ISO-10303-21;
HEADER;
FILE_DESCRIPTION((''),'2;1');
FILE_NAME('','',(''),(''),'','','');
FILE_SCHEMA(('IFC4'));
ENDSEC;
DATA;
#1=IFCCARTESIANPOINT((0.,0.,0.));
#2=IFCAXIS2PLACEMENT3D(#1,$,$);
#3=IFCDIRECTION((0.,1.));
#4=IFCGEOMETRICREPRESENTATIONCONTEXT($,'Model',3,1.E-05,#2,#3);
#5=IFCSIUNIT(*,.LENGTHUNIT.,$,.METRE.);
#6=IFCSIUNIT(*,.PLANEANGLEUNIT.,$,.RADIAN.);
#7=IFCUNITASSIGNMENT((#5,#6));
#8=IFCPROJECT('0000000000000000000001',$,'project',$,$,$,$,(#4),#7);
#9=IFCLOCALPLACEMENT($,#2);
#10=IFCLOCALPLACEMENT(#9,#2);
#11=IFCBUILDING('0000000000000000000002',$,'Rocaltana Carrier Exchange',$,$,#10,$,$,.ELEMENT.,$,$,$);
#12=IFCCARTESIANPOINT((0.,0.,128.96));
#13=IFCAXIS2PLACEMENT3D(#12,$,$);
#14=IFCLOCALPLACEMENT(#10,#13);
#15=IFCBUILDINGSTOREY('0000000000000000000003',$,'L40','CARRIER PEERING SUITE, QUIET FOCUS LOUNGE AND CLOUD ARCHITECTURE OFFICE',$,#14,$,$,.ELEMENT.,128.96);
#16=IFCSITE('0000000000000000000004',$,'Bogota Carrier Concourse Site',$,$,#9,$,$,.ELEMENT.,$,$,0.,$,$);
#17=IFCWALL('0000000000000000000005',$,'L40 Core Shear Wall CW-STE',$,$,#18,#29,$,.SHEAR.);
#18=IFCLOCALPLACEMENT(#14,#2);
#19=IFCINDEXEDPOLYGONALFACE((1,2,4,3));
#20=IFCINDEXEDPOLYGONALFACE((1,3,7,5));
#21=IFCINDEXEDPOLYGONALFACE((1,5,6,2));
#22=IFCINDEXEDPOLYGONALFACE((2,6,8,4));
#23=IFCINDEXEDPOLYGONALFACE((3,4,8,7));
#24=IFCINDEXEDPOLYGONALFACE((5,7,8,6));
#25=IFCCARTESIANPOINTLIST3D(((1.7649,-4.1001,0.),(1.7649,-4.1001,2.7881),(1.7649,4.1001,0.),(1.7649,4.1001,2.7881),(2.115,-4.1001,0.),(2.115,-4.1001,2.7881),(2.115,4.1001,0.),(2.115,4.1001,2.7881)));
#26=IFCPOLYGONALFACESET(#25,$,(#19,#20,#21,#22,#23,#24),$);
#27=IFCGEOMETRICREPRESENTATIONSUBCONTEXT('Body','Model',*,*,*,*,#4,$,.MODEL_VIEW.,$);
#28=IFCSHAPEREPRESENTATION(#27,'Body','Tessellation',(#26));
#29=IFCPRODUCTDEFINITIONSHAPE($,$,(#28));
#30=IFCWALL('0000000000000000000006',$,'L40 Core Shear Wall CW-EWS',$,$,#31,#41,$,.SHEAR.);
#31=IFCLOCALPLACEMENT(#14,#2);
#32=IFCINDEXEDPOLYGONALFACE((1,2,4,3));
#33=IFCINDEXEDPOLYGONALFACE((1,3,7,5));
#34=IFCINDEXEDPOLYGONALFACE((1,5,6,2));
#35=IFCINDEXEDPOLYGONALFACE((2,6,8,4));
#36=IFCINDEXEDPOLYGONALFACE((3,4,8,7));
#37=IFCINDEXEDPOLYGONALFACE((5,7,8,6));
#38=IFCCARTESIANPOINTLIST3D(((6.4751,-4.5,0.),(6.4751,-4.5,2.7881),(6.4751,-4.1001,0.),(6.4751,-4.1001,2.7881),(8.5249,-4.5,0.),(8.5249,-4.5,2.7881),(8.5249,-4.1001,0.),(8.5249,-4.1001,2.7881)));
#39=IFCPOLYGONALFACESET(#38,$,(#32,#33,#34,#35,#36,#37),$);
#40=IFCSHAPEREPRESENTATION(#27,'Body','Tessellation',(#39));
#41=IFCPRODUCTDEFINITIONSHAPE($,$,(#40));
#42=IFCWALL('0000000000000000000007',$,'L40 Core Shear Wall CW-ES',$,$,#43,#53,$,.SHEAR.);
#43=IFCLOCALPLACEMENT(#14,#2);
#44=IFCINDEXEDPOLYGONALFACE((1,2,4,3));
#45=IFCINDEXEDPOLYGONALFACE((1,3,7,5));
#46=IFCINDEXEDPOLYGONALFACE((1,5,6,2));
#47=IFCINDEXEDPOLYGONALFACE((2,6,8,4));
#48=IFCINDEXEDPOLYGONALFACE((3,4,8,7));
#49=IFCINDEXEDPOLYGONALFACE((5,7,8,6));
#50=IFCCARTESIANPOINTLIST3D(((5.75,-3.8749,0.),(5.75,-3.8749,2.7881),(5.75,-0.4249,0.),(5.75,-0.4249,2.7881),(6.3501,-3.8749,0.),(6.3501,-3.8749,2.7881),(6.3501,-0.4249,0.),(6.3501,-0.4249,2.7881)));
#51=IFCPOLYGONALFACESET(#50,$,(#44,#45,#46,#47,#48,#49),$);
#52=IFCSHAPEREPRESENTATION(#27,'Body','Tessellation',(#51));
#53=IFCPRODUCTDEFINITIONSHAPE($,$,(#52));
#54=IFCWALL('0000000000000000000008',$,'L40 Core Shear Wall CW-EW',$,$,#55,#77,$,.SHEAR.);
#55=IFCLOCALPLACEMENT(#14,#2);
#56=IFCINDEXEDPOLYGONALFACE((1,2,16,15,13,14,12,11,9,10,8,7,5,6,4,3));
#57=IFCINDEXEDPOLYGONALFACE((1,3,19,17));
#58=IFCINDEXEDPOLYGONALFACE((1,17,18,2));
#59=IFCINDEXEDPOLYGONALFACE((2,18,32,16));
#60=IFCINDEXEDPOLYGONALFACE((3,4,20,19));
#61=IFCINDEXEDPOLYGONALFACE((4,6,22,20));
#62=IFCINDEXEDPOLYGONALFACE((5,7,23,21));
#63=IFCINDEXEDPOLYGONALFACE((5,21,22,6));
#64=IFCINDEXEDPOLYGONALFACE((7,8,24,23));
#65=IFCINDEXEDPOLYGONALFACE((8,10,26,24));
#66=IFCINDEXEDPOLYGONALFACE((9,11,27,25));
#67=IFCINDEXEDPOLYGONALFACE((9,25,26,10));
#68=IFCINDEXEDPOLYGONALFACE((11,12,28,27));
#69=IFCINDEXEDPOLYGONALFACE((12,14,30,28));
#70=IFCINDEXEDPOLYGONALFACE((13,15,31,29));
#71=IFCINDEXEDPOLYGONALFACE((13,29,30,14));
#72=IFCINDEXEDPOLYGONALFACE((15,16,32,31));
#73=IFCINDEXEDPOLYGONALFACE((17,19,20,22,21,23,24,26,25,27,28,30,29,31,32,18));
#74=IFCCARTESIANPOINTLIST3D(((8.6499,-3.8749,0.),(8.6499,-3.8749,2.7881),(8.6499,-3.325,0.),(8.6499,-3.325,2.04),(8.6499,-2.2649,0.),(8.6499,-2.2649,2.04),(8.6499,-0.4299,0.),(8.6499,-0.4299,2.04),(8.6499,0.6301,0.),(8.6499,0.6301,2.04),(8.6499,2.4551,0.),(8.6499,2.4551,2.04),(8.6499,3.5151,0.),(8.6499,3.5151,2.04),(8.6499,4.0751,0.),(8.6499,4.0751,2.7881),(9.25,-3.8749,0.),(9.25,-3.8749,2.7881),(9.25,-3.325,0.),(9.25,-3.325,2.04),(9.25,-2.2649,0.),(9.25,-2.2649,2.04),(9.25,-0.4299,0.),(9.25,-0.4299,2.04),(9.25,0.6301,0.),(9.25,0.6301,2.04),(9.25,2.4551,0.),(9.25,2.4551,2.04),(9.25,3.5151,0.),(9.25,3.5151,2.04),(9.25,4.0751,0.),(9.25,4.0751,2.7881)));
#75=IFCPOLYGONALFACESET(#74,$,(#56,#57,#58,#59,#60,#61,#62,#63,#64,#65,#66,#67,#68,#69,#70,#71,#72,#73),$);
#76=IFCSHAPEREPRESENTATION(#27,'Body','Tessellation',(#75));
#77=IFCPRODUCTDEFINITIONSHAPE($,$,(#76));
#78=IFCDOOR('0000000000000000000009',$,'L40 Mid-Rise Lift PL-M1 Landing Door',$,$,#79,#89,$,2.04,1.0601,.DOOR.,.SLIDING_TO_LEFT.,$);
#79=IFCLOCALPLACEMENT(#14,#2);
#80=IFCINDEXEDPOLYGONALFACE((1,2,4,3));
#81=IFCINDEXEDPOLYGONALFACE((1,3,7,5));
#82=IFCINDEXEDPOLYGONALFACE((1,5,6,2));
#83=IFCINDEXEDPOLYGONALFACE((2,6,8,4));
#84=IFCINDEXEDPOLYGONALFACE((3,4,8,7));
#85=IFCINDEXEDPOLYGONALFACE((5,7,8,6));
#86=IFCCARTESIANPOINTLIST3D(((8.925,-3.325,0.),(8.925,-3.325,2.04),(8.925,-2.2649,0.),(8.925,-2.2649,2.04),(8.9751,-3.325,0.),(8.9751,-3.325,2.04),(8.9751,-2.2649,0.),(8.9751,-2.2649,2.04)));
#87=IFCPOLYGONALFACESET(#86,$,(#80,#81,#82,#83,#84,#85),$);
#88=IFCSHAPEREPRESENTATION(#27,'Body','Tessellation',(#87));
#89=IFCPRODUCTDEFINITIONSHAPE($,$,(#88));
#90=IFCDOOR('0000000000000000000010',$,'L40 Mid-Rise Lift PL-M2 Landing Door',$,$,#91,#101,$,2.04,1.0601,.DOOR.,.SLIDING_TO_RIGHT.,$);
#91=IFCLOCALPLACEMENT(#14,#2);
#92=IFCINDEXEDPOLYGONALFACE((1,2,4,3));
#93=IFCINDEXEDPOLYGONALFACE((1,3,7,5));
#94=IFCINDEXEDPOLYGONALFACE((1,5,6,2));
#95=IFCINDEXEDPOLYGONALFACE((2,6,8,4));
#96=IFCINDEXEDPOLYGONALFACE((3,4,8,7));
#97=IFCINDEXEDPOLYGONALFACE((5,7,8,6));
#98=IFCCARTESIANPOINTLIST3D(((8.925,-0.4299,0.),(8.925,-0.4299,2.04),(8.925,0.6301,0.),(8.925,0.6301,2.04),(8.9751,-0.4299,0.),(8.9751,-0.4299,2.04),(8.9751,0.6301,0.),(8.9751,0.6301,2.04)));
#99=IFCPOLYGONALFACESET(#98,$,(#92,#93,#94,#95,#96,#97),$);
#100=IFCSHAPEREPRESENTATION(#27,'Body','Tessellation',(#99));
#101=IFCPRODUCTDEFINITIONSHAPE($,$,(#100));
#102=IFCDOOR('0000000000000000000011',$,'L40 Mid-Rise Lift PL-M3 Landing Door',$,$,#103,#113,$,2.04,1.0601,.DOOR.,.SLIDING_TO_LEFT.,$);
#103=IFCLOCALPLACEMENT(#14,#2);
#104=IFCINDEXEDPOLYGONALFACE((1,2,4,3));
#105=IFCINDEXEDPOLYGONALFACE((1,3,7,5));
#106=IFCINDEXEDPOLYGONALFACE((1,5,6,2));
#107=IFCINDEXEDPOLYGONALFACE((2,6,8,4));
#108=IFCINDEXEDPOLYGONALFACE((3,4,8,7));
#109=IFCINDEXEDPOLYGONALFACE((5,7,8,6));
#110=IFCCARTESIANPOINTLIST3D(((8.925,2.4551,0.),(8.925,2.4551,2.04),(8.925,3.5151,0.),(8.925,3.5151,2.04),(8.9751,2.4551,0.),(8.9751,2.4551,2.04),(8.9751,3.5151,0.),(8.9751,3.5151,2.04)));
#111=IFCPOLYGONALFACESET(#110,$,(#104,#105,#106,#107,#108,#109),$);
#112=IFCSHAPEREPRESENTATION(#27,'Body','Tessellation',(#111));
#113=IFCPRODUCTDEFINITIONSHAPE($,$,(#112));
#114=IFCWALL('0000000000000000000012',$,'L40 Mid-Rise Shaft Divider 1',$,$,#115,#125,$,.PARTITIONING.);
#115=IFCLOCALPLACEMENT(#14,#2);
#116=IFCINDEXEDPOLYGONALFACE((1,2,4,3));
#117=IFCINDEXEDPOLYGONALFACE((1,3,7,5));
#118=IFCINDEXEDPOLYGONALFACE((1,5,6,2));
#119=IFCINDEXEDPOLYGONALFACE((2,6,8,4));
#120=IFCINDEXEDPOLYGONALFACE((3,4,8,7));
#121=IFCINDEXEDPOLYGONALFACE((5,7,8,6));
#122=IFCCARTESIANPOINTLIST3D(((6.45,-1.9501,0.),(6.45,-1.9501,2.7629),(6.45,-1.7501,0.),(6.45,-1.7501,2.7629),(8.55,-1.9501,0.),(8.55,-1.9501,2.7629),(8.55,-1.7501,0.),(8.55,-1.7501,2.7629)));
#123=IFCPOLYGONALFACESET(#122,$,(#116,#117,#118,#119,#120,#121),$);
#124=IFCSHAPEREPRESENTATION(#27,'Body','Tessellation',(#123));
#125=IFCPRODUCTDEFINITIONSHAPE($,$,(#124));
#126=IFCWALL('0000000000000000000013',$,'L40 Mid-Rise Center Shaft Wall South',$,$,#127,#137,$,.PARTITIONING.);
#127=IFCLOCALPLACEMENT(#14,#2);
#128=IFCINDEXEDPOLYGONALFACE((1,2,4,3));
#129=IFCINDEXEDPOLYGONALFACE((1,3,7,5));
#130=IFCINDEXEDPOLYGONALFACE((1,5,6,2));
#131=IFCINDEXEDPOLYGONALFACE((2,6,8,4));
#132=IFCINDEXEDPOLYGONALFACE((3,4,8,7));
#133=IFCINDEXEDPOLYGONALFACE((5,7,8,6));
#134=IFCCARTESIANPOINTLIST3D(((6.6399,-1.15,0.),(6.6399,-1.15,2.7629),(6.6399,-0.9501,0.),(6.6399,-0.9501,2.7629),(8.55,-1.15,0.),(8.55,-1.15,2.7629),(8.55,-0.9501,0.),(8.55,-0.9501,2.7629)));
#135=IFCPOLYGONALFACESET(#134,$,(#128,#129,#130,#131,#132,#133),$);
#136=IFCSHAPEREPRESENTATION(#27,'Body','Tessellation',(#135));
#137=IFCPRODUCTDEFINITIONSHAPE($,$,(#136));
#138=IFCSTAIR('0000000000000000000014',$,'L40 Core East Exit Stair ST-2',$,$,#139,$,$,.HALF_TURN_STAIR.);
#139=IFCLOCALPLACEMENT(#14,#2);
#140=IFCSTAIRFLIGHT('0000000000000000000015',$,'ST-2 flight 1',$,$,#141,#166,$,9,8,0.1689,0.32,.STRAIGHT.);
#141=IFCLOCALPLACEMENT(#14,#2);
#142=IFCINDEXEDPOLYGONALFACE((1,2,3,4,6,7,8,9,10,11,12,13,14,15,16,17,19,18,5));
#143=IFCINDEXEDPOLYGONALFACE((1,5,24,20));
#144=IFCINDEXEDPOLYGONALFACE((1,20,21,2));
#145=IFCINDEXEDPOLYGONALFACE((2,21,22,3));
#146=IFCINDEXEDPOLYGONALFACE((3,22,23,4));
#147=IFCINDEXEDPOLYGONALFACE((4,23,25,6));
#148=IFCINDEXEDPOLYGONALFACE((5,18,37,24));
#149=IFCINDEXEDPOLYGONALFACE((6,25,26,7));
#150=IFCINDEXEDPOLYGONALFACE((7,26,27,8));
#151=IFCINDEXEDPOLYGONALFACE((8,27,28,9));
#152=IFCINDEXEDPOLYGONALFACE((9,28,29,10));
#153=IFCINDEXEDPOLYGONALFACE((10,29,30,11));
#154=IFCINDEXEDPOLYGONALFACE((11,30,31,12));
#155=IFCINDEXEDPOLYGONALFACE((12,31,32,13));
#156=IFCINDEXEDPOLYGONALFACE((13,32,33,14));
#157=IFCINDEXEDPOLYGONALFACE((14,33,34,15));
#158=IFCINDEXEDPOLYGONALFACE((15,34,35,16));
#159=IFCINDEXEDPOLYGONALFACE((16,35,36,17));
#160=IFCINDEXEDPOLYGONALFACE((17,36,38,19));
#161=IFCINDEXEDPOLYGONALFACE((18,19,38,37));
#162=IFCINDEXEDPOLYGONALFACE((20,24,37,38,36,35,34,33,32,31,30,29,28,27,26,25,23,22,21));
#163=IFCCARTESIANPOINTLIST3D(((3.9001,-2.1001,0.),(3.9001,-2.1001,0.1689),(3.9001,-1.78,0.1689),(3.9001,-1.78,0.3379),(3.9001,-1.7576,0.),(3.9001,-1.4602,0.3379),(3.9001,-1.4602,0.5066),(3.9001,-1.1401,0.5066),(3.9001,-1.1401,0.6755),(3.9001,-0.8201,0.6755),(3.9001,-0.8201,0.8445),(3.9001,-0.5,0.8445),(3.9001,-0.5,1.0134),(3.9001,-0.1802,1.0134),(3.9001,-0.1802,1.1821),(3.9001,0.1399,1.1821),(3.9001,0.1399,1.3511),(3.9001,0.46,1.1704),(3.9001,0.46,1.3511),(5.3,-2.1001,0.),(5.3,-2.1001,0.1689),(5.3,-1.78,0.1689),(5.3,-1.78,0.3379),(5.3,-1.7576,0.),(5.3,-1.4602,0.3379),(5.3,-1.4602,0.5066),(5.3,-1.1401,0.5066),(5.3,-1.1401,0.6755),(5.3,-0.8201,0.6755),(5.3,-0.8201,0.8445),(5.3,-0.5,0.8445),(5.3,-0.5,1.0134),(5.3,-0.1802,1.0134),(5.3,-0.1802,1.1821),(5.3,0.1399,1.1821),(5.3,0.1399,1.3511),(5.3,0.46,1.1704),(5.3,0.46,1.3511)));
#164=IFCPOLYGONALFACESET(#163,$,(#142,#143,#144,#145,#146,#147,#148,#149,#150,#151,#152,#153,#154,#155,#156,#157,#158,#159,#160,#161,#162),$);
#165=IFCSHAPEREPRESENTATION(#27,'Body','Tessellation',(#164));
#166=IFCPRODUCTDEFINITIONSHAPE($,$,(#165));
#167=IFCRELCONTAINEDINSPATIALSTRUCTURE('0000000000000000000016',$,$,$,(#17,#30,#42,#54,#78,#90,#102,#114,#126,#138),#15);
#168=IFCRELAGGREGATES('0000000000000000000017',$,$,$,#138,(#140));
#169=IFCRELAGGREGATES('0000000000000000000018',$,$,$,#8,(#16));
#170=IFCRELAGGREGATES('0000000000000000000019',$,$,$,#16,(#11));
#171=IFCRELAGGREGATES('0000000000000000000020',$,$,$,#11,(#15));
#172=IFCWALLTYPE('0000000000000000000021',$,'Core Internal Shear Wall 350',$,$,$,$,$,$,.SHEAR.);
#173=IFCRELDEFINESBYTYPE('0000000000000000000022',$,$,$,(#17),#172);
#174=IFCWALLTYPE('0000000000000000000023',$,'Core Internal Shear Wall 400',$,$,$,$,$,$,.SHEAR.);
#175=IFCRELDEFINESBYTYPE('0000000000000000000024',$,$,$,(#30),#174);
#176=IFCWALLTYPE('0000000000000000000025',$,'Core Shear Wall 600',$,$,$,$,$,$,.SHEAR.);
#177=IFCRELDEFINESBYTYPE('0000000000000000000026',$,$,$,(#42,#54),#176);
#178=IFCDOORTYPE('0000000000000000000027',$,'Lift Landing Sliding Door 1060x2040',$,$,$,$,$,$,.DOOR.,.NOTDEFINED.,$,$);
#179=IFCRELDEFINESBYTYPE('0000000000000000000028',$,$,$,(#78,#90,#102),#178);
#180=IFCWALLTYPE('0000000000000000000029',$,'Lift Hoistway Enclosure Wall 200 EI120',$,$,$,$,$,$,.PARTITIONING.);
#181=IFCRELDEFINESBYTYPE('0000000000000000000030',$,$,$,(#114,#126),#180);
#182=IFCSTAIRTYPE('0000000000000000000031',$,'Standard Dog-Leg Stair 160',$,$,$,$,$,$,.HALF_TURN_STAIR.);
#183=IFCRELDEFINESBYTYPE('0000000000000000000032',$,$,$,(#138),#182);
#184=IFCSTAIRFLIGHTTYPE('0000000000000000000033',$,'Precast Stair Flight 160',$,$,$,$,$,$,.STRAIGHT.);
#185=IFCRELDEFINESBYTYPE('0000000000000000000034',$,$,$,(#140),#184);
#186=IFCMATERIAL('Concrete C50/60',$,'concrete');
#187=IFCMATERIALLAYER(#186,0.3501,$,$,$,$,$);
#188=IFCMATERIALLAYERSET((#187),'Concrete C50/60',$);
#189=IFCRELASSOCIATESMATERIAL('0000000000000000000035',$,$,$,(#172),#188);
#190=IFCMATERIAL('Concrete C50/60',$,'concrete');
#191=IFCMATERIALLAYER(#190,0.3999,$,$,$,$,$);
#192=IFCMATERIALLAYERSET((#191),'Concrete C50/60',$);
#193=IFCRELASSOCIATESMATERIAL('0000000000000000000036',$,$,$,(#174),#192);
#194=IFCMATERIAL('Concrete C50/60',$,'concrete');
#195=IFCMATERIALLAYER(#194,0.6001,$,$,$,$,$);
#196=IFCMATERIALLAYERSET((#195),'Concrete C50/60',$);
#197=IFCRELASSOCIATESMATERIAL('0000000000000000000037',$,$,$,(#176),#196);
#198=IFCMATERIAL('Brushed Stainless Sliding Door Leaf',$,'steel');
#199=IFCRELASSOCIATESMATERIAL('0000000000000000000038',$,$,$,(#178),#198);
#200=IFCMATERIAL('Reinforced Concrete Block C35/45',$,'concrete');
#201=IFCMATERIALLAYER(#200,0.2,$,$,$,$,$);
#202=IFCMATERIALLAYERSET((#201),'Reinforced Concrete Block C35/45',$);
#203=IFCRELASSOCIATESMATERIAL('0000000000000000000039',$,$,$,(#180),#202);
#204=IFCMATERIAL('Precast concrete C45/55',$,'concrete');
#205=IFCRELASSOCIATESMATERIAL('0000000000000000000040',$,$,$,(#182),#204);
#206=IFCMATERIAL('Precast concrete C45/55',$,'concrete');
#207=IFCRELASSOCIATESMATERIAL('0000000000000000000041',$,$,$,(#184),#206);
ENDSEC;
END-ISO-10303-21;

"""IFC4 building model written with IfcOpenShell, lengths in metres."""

from ifc_helpers import new_model, si_unit, direction, frame, frame_2d, origin, place, context, subcontext, project, spatial, polyline, rectangle, outline, extrude, material, layer, layer_set, type_object, element, fill, aggregate, save


model = new_model("IFC4")

# Units and contexts
model_context = context("Model", 3, precision=1e-05, world=origin(), true_north=direction((0.0, 1.0)))
body_context = subcontext(model_context, "Body", "Model", "MODEL_VIEW")
ifc_project = project(units=[si_unit("LENGTHUNIT", "METRE"), si_unit("PLANEANGLEUNIT", "RADIAN")], contexts=[model_context])

# Site, building, storey
site_placement = place(None, origin())
site = spatial("IfcSite", under=ifc_project, at=site_placement, Name="Bogota Carrier Concourse Site", CompositionType="ELEMENT", RefElevation=0.0)
building_placement = place(site_placement, origin())
building = spatial("IfcBuilding", under=site, at=building_placement, Name="Rocaltana Carrier Exchange", CompositionType="ELEMENT")
storey_placement = place(building_placement, frame((0.0, 0.0, 128.96)))
storey = spatial("IfcBuildingStorey", under=building, at=storey_placement, Name="L40", Description="CARRIER PEERING SUITE, QUIET FOCUS LOUNGE AND CLOUD ARCHITECTURE OFFICE", CompositionType="ELEMENT", Elevation=128.96)

# Walls
ifc_material_1 = material(Name="Concrete C50/60", Category="concrete")
ifc_layer_1 = layer(ifc_material_1, 0.3501)
ifc_layer_set_1 = layer_set([ifc_layer_1], Name="Concrete C50/60")
wall_type_1 = type_object("IfcWallType", Name="Core Internal Shear Wall 350", PredefinedType="SHEAR", material=ifc_layer_set_1)
wall_1_placement = place(storey_placement, frame((1.9399, -4.1001, 0.0), z_axis=(0.0, 0.0, 1.0), x_axis=(0.0, 1.0, 0.0)))
element("IfcWall", 1, at=wall_1_placement, inside=storey, type_object=wall_type_1, Name="L40 Core Shear Wall CW-STE", PredefinedType="SHEAR", context=body_context, shape_type="SweptSolid", body=[
    extrude(rectangle(XDim=8.2002, YDim=0.3501, at=frame_2d((4.1001, 0.0))), origin(), (0.0, 0.0, 1.0), 2.7881),
])
ifc_material_2 = material(Name="Concrete C50/60", Category="concrete")
ifc_layer_2 = layer(ifc_material_2, 0.3999)
ifc_layer_set_2 = layer_set([ifc_layer_2], Name="Concrete C50/60")
wall_type_2 = type_object("IfcWallType", Name="Core Internal Shear Wall 400", PredefinedType="SHEAR", material=ifc_layer_set_2)
wall_2_placement = place(storey_placement, frame((6.4751, -4.3, 0.0), z_axis=(0.0, 0.0, 1.0), x_axis=(1.0, 0.0, 0.0)))
element("IfcWall", 2, at=wall_2_placement, inside=storey, type_object=wall_type_2, Name="L40 Core Shear Wall CW-EWS", PredefinedType="SHEAR", context=body_context, shape_type="SweptSolid", body=[
    extrude(rectangle(XDim=2.0498, YDim=0.3999, at=frame_2d((1.0249, 0.0))), origin(), (0.0, 0.0, 1.0), 2.7881),
])
ifc_material_3 = material(Name="Concrete C50/60", Category="concrete")
ifc_layer_3 = layer(ifc_material_3, 0.6001)
ifc_layer_set_3 = layer_set([ifc_layer_3], Name="Concrete C50/60")
wall_type_3 = type_object("IfcWallType", Name="Core Shear Wall 600", PredefinedType="SHEAR", material=ifc_layer_set_3)
wall_3_placement = place(storey_placement, frame((6.05, -3.875, 0.0), z_axis=(0.0, 0.0, 1.0), x_axis=(0.0, 1.0, 0.0)))
element("IfcWall", 3, at=wall_3_placement, inside=storey, type_object=wall_type_3, Name="L40 Core Shear Wall CW-ES", PredefinedType="SHEAR", context=body_context, shape_type="SweptSolid", body=[
    extrude(rectangle(XDim=3.45, YDim=0.6001, at=frame_2d((1.7251, 0.0))), origin(), (0.0, 0.0, 1.0), 2.7881),
])

# Wall, openings, doors
wall_4_placement = place(storey_placement, frame((8.95, -3.875, 0.0), z_axis=(0.0, 0.0, 1.0), x_axis=(0.0, 1.0, 0.0)))
wall_4 = element("IfcWall", 4, at=wall_4_placement, inside=storey, type_object=wall_type_3, Name="L40 Core Shear Wall CW-EW", PredefinedType="SHEAR", context=body_context, shape_type="SweptSolid", body=[
    extrude(rectangle(XDim=7.95, YDim=0.6001, at=frame_2d((3.9751, 0.0))), origin(), (0.0, 0.0, 1.0), 2.7881),
])
opening_1_placement = place(wall_4_placement, frame((0.55, 0.0, 0.0)))
opening_1 = element("IfcOpeningElement", 5, at=opening_1_placement, cuts=wall_4, PredefinedType="OPENING", context=body_context, shape_type="SweptSolid", body=[
    extrude(rectangle(XDim=1.0601, YDim=2.04, at=frame_2d((0.53, 1.02))), frame((0.0, 0.3101, 0.0), z_axis=(0.0, -1.0, 0.0), x_axis=(1.0, 0.0, 0.0)), (0.0, 0.0, 1.0), 0.6201),
])
opening_2_placement = place(wall_4_placement, frame((3.4451, 0.0, 0.0)))
opening_2 = element("IfcOpeningElement", 6, at=opening_2_placement, cuts=wall_4, PredefinedType="OPENING", context=body_context, shape_type="SweptSolid", body=[
    extrude(rectangle(XDim=1.0601, YDim=2.04, at=frame_2d((0.53, 1.02))), frame((0.0, 0.3101, 0.0), z_axis=(0.0, -1.0, 0.0), x_axis=(1.0, 0.0, 0.0)), (0.0, 0.0, 1.0), 0.6201),
])
opening_3_placement = place(wall_4_placement, frame((6.3301, 0.0, 0.0)))
opening_3 = element("IfcOpeningElement", 7, at=opening_3_placement, cuts=wall_4, PredefinedType="OPENING", context=body_context, shape_type="SweptSolid", body=[
    extrude(rectangle(XDim=1.0601, YDim=2.04, at=frame_2d((0.53, 1.02))), frame((0.0, 0.3101, 0.0), z_axis=(0.0, -1.0, 0.0), x_axis=(1.0, 0.0, 0.0)), (0.0, 0.0, 1.0), 0.6201),
])
ifc_material_4 = material(Name="Brushed Stainless Sliding Door Leaf", Category="steel")
door_type = type_object("IfcDoorType", Name="Lift Landing Sliding Door 1060x2040", OperationType="NOTDEFINED", PredefinedType="DOOR", material=ifc_material_4)
door_1_placement = place(opening_1_placement, origin())
door_1 = element("IfcDoor", 8, at=door_1_placement, inside=storey, type_object=door_type, Name="L40 Mid-Rise Lift PL-M1 Landing Door", OperationType="SLIDING_TO_LEFT", OverallHeight=2.04, OverallWidth=1.0601, PredefinedType="DOOR", context=body_context, shape_type="SweptSolid", body=[
    extrude(rectangle(XDim=1.0601, YDim=2.04, at=frame_2d((0.53, 1.02))), frame((0.0, 0.0249, 0.0), z_axis=(0.0, -1.0, 0.0), x_axis=(1.0, 0.0, 0.0)), (0.0, 0.0, 1.0), 0.05),
])
fill(opening_1, door_1)
door_2_placement = place(opening_2_placement, origin())
door_2 = element("IfcDoor", 9, at=door_2_placement, inside=storey, type_object=door_type, Name="L40 Mid-Rise Lift PL-M2 Landing Door", OperationType="SLIDING_TO_RIGHT", OverallHeight=2.04, OverallWidth=1.0601, PredefinedType="DOOR", context=body_context, shape_type="SweptSolid", body=[
    extrude(rectangle(XDim=1.0601, YDim=2.04, at=frame_2d((0.53, 1.02))), frame((0.0, 0.0249, 0.0), z_axis=(0.0, -1.0, 0.0), x_axis=(1.0, 0.0, 0.0)), (0.0, 0.0, 1.0), 0.05),
])
fill(opening_2, door_2)
door_3_placement = place(opening_3_placement, origin())
door_3 = element("IfcDoor", 10, at=door_3_placement, inside=storey, type_object=door_type, Name="L40 Mid-Rise Lift PL-M3 Landing Door", OperationType="SLIDING_TO_LEFT", OverallHeight=2.04, OverallWidth=1.0601, PredefinedType="DOOR", context=body_context, shape_type="SweptSolid", body=[
    extrude(rectangle(XDim=1.0601, YDim=2.04, at=frame_2d((0.53, 1.02))), frame((0.0, 0.0249, 0.0), z_axis=(0.0, -1.0, 0.0), x_axis=(1.0, 0.0, 0.0)), (0.0, 0.0, 1.0), 0.05),
])
fill(opening_3, door_3)

# Walls
ifc_material_5 = material(Name="Reinforced Concrete Block C35/45", Category="concrete")
ifc_layer_4 = layer(ifc_material_5, 0.2)
ifc_layer_set_4 = layer_set([ifc_layer_4], Name="Reinforced Concrete Block C35/45")
wall_type_4 = type_object("IfcWallType", Name="Lift Hoistway Enclosure Wall 200 EI120", PredefinedType="PARTITIONING", material=ifc_layer_set_4)
wall_5_placement = place(storey_placement, frame((6.45, -1.8501, 0.0), z_axis=(0.0, 0.0, 1.0), x_axis=(1.0, 0.0, 0.0)))
element("IfcWall", 11, at=wall_5_placement, inside=storey, type_object=wall_type_4, Name="L40 Mid-Rise Shaft Divider 1", PredefinedType="PARTITIONING", context=body_context, shape_type="SweptSolid", body=[
    extrude(rectangle(XDim=2.1001, YDim=0.2, at=frame_2d((1.05, 0.0))), origin(), (0.0, 0.0, 1.0), 2.7629),
])
wall_6_placement = place(storey_placement, frame((6.6399, -1.05, 0.0), z_axis=(0.0, 0.0, 1.0), x_axis=(1.0, 0.0, 0.0)))
element("IfcWall", 12, at=wall_6_placement, inside=storey, type_object=wall_type_4, Name="L40 Mid-Rise Center Shaft Wall South", PredefinedType="PARTITIONING", context=body_context, shape_type="SweptSolid", body=[
    extrude(rectangle(XDim=1.9102, YDim=0.2, at=frame_2d((0.9551, 0.0))), origin(), (0.0, 0.0, 1.0), 2.7629),
])

# Stair, stair flight
ifc_material_6 = material(Name="Precast concrete C45/55", Category="concrete")
stair_type = type_object("IfcStairType", Name="Standard Dog-Leg Stair 160", PredefinedType="HALF_TURN_STAIR", material=ifc_material_6)
stair_placement = place(storey_placement, origin())
stair = element("IfcStair", 13, at=stair_placement, inside=storey, type_object=stair_type, Name="L40 Core East Exit Stair ST-2", PredefinedType="HALF_TURN_STAIR")
ifc_material_7 = material(Name="Precast concrete C45/55", Category="concrete")
stair_flight_type = type_object("IfcStairFlightType", Name="Precast Stair Flight 160", PredefinedType="STRAIGHT", material=ifc_material_7)
stair_flight_placement = place(storey_placement, frame((4.6001, -2.1001, 0.0), z_axis=(0.0, 0.0, 1.0), x_axis=(0.0, 1.0, 0.0)))
stair_flight = element("IfcStairFlight", 14, at=stair_flight_placement, type_object=stair_flight_type, Name="ST-2 flight 1", NumberOfRisers=9, NumberOfTreads=8, PredefinedType="STRAIGHT", RiserHeight=0.1689, TreadLength=0.32, context=body_context, shape_type="SweptSolid", body=[
    extrude(outline(polyline([(0.0, 0.0), (0.0, 0.1689), (0.3201, 0.1689), (0.3201, 0.3379), (0.6399, 0.3379), (0.6399, 0.5066), (0.96, 0.5066), (0.96, 0.6755), (1.28, 0.6755), (1.28, 0.8445), (1.6001, 0.8445), (1.6001, 1.0134), (1.9199, 1.0134), (1.9199, 1.1821), (2.24, 1.1821), (2.24, 1.3511), (2.5601, 1.3511), (2.5601, 1.52), (2.5601, 1.1704), (0.3425, 0.0), (0.0, 0.0)])), frame((0.0, 0.7, 0.0), z_axis=(0.0, -1.0, 0.0), x_axis=(1.0, 0.0, 0.0)), (0.0, 0.0, 1.0), 1.3999),
])
aggregate(stair, [stair_flight])

save(model, "model.ifc")
